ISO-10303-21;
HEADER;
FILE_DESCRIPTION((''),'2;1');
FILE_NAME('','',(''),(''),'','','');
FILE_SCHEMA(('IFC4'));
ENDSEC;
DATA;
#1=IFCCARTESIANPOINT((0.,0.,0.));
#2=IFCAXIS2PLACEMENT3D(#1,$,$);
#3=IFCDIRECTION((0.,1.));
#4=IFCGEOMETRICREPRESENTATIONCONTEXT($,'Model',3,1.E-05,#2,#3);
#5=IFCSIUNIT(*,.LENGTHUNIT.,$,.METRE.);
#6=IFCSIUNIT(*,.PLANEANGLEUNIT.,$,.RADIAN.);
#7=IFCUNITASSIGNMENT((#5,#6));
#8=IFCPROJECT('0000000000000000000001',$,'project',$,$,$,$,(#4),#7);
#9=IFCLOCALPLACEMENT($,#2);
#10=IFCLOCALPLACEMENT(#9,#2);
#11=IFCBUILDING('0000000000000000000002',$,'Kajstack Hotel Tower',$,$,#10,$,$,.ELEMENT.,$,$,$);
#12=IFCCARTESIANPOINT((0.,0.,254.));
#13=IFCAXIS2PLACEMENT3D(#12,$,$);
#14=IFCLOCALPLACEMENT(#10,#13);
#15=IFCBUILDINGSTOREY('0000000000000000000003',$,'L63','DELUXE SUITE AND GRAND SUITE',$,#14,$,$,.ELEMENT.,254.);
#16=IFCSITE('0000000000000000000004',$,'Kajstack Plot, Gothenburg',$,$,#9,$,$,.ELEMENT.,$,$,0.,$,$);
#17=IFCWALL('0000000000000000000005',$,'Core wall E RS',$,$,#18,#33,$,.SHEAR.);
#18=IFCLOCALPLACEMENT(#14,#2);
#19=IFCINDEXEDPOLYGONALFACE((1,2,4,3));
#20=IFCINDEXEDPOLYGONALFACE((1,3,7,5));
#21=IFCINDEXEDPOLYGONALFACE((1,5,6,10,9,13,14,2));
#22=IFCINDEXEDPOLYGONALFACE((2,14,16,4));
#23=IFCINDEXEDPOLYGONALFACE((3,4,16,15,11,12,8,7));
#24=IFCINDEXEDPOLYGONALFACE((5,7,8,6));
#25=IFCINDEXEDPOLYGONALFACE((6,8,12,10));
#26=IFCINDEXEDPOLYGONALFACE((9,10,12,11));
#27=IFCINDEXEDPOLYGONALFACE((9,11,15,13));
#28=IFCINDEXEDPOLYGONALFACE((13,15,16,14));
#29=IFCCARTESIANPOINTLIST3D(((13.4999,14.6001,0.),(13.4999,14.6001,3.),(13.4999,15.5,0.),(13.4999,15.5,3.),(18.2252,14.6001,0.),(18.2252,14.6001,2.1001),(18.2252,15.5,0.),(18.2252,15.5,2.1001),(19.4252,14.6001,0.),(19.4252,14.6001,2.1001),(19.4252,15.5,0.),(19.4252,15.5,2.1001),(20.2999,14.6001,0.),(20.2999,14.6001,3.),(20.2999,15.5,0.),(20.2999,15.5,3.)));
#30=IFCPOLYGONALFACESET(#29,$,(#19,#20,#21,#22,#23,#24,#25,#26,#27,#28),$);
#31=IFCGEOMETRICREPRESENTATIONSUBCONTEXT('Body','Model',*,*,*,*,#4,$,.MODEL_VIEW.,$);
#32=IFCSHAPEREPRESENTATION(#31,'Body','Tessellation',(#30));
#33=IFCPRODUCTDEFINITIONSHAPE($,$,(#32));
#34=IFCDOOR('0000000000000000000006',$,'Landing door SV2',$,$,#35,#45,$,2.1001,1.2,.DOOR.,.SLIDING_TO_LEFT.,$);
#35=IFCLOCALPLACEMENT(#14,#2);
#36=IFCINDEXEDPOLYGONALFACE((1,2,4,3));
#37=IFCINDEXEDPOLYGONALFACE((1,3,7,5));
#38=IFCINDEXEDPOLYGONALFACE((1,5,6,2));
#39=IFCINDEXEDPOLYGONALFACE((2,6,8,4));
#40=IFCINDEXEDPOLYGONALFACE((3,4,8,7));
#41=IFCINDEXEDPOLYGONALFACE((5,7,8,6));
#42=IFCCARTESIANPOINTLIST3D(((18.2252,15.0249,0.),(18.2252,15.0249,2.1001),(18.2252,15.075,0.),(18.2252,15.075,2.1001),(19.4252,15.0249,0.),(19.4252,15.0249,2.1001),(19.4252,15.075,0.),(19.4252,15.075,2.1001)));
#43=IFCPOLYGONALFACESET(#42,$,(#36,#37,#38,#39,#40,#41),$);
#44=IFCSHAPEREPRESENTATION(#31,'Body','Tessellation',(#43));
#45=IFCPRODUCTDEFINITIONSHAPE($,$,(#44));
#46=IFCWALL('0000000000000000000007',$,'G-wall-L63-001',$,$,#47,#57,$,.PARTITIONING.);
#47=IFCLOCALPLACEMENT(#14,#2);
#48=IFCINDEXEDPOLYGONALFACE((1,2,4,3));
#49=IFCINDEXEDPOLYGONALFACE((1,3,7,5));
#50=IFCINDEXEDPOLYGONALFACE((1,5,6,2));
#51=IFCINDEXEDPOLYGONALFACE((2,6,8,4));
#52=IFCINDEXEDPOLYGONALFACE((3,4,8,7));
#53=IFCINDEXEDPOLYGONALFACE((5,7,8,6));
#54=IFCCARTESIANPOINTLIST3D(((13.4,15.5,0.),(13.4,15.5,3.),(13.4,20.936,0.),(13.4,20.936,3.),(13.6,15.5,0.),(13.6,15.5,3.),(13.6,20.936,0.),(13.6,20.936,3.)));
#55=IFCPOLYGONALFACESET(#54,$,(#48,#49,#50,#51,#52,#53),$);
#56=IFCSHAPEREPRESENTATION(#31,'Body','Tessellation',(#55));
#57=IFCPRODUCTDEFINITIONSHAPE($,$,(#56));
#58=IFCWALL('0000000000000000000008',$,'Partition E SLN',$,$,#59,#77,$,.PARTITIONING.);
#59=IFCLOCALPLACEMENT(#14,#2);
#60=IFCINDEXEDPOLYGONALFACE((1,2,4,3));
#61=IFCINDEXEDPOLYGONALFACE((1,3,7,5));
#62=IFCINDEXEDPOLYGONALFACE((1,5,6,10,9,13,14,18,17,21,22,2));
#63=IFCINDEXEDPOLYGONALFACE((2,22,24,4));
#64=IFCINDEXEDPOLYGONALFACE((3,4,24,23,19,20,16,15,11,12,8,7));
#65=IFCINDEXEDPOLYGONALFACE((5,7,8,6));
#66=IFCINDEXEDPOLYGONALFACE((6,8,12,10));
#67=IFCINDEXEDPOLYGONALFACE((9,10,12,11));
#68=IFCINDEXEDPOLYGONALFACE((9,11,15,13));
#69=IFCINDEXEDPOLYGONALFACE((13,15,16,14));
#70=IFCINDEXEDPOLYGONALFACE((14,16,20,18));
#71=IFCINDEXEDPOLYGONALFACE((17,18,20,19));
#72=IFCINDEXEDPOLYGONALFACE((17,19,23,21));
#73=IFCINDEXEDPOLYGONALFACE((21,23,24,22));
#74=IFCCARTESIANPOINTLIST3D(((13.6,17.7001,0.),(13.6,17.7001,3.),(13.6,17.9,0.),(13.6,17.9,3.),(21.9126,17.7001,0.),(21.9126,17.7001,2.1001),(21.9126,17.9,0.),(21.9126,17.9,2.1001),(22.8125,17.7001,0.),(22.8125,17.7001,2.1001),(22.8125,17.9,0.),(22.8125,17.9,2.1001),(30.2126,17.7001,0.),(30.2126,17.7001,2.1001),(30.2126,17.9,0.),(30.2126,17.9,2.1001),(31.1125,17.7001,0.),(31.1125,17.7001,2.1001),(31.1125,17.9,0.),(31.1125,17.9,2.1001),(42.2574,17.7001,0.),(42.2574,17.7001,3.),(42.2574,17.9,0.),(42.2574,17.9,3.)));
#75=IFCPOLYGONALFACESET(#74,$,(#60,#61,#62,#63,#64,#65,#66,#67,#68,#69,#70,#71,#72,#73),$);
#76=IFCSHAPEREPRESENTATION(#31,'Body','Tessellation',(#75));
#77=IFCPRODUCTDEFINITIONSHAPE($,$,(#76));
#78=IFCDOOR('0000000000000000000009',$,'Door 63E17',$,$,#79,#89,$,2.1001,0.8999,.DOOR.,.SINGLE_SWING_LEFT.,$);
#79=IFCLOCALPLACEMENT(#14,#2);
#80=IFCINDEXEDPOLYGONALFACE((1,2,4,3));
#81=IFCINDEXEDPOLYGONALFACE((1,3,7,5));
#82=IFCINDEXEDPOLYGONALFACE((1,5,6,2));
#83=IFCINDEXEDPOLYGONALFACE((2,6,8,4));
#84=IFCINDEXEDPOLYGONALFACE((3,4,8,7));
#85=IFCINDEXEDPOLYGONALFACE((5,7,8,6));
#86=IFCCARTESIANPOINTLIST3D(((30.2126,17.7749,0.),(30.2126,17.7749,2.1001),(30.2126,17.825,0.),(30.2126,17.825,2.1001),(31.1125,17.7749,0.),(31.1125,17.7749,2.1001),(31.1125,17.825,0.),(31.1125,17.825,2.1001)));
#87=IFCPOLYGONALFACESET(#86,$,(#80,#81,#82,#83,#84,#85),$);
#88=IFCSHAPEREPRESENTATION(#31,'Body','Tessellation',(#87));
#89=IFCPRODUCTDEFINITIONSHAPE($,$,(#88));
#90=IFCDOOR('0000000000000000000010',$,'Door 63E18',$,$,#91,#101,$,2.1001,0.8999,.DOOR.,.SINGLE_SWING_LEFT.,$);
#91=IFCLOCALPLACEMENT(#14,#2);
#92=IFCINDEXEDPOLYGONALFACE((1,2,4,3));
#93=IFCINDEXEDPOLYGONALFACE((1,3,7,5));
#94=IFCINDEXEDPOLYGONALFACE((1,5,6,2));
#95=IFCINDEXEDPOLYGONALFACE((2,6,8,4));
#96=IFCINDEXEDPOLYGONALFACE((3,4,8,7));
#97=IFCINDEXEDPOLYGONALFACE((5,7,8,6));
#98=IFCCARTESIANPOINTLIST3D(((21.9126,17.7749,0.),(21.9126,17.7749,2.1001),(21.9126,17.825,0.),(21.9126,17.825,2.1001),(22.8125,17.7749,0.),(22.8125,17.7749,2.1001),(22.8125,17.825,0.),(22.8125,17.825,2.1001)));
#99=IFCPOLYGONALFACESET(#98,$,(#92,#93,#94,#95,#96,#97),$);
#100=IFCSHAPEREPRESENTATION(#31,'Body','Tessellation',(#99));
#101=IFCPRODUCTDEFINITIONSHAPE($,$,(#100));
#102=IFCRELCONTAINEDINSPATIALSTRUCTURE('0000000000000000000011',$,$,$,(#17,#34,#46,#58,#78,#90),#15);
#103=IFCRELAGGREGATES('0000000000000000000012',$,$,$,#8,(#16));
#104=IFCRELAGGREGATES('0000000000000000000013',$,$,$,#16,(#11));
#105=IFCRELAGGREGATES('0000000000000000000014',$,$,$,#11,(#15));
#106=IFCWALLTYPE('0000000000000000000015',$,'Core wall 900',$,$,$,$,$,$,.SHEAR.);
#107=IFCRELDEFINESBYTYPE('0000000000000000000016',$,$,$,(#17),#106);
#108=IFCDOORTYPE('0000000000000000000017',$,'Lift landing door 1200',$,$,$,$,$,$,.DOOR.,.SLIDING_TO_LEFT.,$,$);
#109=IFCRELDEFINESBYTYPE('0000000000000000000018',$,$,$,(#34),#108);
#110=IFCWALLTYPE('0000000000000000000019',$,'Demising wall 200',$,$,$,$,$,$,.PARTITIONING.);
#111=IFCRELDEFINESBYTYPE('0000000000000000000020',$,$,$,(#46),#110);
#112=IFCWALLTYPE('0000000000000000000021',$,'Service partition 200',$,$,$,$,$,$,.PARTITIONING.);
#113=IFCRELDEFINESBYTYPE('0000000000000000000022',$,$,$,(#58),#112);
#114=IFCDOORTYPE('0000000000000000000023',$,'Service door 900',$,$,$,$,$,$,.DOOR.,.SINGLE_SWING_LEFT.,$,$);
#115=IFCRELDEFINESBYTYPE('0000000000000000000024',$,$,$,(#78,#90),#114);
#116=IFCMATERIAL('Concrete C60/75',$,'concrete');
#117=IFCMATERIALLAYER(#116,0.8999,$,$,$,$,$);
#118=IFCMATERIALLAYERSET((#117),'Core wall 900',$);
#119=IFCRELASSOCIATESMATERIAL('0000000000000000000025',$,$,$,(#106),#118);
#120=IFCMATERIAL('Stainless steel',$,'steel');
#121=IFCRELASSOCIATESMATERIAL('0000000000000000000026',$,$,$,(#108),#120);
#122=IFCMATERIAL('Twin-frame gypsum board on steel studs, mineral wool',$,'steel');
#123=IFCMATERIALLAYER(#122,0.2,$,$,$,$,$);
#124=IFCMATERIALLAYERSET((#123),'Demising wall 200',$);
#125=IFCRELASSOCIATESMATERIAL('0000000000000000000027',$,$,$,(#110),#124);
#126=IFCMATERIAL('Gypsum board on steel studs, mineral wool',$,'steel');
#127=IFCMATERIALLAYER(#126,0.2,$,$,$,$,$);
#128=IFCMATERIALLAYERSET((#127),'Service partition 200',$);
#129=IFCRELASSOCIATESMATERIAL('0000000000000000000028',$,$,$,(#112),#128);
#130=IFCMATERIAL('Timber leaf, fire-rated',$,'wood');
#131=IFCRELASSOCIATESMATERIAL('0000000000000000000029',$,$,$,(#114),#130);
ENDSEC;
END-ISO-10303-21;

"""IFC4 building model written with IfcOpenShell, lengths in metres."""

from ifc_helpers import new_model, si_unit, direction, frame, frame_2d, origin, place, context, subcontext, project, spatial, rectangle, extrude, material, layer, layer_set, type_object, element, fill, save


model = new_model("IFC4")

# Units and contexts
model_context = context("Model", 3, precision=1e-05, world=origin(), true_north=direction((0.0, 1.0)))
body_context = subcontext(model_context, "Body", "Model", "MODEL_VIEW")
ifc_project = project(units=[si_unit("LENGTHUNIT", "METRE"), si_unit("PLANEANGLEUNIT", "RADIAN")], contexts=[model_context])

# Site, building, storey
site_placement = place(None, origin())
site = spatial("IfcSite", under=ifc_project, at=site_placement, Name="Kajstack Plot, Gothenburg", CompositionType="ELEMENT", RefElevation=0.0)
building_placement = place(site_placement, origin())
building = spatial("IfcBuilding", under=site, at=building_placement, Name="Kajstack Hotel Tower", CompositionType="ELEMENT")
storey_placement = place(building_placement, frame((0.0, 0.0, 254.0)))
storey = spatial("IfcBuildingStorey", under=building, at=storey_placement, Name="L63", Description="DELUXE SUITE AND GRAND SUITE", CompositionType="ELEMENT", Elevation=254.0)

# Wall, opening, door
ifc_material_1 = material(Name="Concrete C60/75", Category="concrete")
ifc_layer_1 = layer(ifc_material_1, 0.8999)
ifc_layer_set_1 = layer_set([ifc_layer_1], Name="Core wall 900")
wall_type_1 = type_object("IfcWallType", Name="Core wall 900", PredefinedType="SHEAR", material=ifc_layer_set_1)
wall_1_placement = place(storey_placement, frame((13.5, 15.05, 0.0), z_axis=(0.0, 0.0, 1.0), x_axis=(1.0, 0.0, 0.0)))
wall_1 = element("IfcWall", 1, at=wall_1_placement, inside=storey, type_object=wall_type_1, Name="Core wall E RS", PredefinedType="SHEAR", context=body_context, shape_type="SweptSolid", body=[
    extrude(rectangle(XDim=6.8, YDim=0.8999, at=frame_2d((3.3999, 0.0))), origin(), (0.0, 0.0, 1.0), 3.0),
])
opening_1_placement = place(wall_1_placement, frame((4.7251, 0.0, 0.0)))
opening_1 = element("IfcOpeningElement", 2, at=opening_1_placement, cuts=wall_1, PredefinedType="OPENING", context=body_context, shape_type="SweptSolid", body=[
    extrude(rectangle(XDim=1.2, YDim=2.1001, at=frame_2d((0.6001, 1.05))), frame((0.0, 0.46, 0.0), z_axis=(0.0, -1.0, 0.0), x_axis=(1.0, 0.0, 0.0)), (0.0, 0.0, 1.0), 0.9199),
])
ifc_material_2 = material(Name="Stainless steel", Category="steel")
door_type_1 = type_object("IfcDoorType", Name="Lift landing door 1200", OperationType="SLIDING_TO_LEFT", PredefinedType="DOOR", material=ifc_material_2)
door_1_placement = place(opening_1_placement, origin())
door_1 = element("IfcDoor", 3, at=door_1_placement, inside=storey, type_object=door_type_1, Name="Landing door SV2", OperationType="SLIDING_TO_LEFT", OverallHeight=2.1001, OverallWidth=1.2, PredefinedType="DOOR", context=body_context, shape_type="SweptSolid", body=[
    extrude(rectangle(XDim=1.2, YDim=2.1001, at=frame_2d((0.6001, 1.05))), frame((0.0, 0.0249, 0.0), z_axis=(0.0, -1.0, 0.0), x_axis=(1.0, 0.0, 0.0)), (0.0, 0.0, 1.0), 0.05),
])
fill(opening_1, door_1)

# Wall
ifc_material_3 = material(Name="Twin-frame gypsum board on steel studs, mineral wool", Category="steel")
ifc_layer_2 = layer(ifc_material_3, 0.2)
ifc_layer_set_2 = layer_set([ifc_layer_2], Name="Demising wall 200")
wall_type_2 = type_object("IfcWallType", Name="Demising wall 200", PredefinedType="PARTITIONING", material=ifc_layer_set_2)
wall_2_placement = place(storey_placement, frame((13.5, 15.5, 0.0), z_axis=(0.0, 0.0, 1.0), x_axis=(0.0, 1.0, 0.0)))
element("IfcWall", 4, at=wall_2_placement, inside=storey, type_object=wall_type_2, Name="G-wall-L63-001", PredefinedType="PARTITIONING", context=body_context, shape_type="SweptSolid", body=[
    extrude(rectangle(XDim=5.436, YDim=0.2, at=frame_2d((2.718, 0.0))), origin(), (0.0, 0.0, 1.0), 3.0),
])

# Wall, openings, doors
ifc_material_4 = material(Name="Gypsum board on steel studs, mineral wool", Category="steel")
ifc_layer_3 = layer(ifc_material_4, 0.2)
ifc_layer_set_3 = layer_set([ifc_layer_3], Name="Service partition 200")
wall_type_3 = type_object("IfcWallType", Name="Service partition 200", PredefinedType="PARTITIONING", material=ifc_layer_set_3)
wall_3_placement = place(storey_placement, frame((13.6001, 17.8, 0.0), z_axis=(0.0, 0.0, 1.0), x_axis=(1.0, 0.0, 0.0)))
wall_3 = element("IfcWall", 5, at=wall_3_placement, inside=storey, type_object=wall_type_3, Name="Partition E SLN", PredefinedType="PARTITIONING", context=body_context, shape_type="SweptSolid", body=[
    extrude(rectangle(XDim=28.6575, YDim=0.2, at=frame_2d((14.3286, 0.0))), origin(), (0.0, 0.0, 1.0), 3.0),
])
opening_2_placement = place(wall_3_placement, frame((16.6125, 0.0, 0.0)))
opening_2 = element("IfcOpeningElement", 6, at=opening_2_placement, cuts=wall_3, PredefinedType="OPENING", context=body_context, shape_type="SweptSolid", body=[
    extrude(rectangle(XDim=0.8999, YDim=2.1001, at=frame_2d((0.45, 1.05))), frame((0.0, 0.1099, 0.0), z_axis=(0.0, -1.0, 0.0), x_axis=(1.0, 0.0, 0.0)), (0.0, 0.0, 1.0), 0.22),
])
opening_3_placement = place(wall_3_placement, frame((8.3125, 0.0, 0.0)))
opening_3 = element("IfcOpeningElement", 7, at=opening_3_placement, cuts=wall_3, PredefinedType="OPENING", context=body_context, shape_type="SweptSolid", body=[
    extrude(rectangle(XDim=0.8999, YDim=2.1001, at=frame_2d((0.45, 1.05))), frame((0.0, 0.1099, 0.0), z_axis=(0.0, -1.0, 0.0), x_axis=(1.0, 0.0, 0.0)), (0.0, 0.0, 1.0), 0.22),
])
ifc_material_5 = material(Name="Timber leaf, fire-rated", Category="wood")
door_type_2 = type_object("IfcDoorType", Name="Service door 900", OperationType="SINGLE_SWING_LEFT", PredefinedType="DOOR", material=ifc_material_5)
door_2_placement = place(opening_2_placement, origin())
door_2 = element("IfcDoor", 8, at=door_2_placement, inside=storey, type_object=door_type_2, Name="Door 63E17", OperationType="SINGLE_SWING_LEFT", OverallHeight=2.1001, OverallWidth=0.8999, PredefinedType="DOOR", context=body_context, shape_type="SweptSolid", body=[
    extrude(rectangle(XDim=0.8999, YDim=2.1001, at=frame_2d((0.45, 1.05))), frame((0.0, 0.0249, 0.0), z_axis=(0.0, -1.0, 0.0), x_axis=(1.0, 0.0, 0.0)), (0.0, 0.0, 1.0), 0.05),
])
fill(opening_2, door_2)
door_3_placement = place(opening_3_placement, origin())
door_3 = element("IfcDoor", 9, at=door_3_placement, inside=storey, type_object=door_type_2, Name="Door 63E18", OperationType="SINGLE_SWING_LEFT", OverallHeight=2.1001, OverallWidth=0.8999, PredefinedType="DOOR", context=body_context, shape_type="SweptSolid", body=[
    extrude(rectangle(XDim=0.8999, YDim=2.1001, at=frame_2d((0.45, 1.05))), frame((0.0, 0.0249, 0.0), z_axis=(0.0, -1.0, 0.0), x_axis=(1.0, 0.0, 0.0)), (0.0, 0.0, 1.0), 0.05),
])
fill(opening_3, door_3)

save(model, "model.ifc")
